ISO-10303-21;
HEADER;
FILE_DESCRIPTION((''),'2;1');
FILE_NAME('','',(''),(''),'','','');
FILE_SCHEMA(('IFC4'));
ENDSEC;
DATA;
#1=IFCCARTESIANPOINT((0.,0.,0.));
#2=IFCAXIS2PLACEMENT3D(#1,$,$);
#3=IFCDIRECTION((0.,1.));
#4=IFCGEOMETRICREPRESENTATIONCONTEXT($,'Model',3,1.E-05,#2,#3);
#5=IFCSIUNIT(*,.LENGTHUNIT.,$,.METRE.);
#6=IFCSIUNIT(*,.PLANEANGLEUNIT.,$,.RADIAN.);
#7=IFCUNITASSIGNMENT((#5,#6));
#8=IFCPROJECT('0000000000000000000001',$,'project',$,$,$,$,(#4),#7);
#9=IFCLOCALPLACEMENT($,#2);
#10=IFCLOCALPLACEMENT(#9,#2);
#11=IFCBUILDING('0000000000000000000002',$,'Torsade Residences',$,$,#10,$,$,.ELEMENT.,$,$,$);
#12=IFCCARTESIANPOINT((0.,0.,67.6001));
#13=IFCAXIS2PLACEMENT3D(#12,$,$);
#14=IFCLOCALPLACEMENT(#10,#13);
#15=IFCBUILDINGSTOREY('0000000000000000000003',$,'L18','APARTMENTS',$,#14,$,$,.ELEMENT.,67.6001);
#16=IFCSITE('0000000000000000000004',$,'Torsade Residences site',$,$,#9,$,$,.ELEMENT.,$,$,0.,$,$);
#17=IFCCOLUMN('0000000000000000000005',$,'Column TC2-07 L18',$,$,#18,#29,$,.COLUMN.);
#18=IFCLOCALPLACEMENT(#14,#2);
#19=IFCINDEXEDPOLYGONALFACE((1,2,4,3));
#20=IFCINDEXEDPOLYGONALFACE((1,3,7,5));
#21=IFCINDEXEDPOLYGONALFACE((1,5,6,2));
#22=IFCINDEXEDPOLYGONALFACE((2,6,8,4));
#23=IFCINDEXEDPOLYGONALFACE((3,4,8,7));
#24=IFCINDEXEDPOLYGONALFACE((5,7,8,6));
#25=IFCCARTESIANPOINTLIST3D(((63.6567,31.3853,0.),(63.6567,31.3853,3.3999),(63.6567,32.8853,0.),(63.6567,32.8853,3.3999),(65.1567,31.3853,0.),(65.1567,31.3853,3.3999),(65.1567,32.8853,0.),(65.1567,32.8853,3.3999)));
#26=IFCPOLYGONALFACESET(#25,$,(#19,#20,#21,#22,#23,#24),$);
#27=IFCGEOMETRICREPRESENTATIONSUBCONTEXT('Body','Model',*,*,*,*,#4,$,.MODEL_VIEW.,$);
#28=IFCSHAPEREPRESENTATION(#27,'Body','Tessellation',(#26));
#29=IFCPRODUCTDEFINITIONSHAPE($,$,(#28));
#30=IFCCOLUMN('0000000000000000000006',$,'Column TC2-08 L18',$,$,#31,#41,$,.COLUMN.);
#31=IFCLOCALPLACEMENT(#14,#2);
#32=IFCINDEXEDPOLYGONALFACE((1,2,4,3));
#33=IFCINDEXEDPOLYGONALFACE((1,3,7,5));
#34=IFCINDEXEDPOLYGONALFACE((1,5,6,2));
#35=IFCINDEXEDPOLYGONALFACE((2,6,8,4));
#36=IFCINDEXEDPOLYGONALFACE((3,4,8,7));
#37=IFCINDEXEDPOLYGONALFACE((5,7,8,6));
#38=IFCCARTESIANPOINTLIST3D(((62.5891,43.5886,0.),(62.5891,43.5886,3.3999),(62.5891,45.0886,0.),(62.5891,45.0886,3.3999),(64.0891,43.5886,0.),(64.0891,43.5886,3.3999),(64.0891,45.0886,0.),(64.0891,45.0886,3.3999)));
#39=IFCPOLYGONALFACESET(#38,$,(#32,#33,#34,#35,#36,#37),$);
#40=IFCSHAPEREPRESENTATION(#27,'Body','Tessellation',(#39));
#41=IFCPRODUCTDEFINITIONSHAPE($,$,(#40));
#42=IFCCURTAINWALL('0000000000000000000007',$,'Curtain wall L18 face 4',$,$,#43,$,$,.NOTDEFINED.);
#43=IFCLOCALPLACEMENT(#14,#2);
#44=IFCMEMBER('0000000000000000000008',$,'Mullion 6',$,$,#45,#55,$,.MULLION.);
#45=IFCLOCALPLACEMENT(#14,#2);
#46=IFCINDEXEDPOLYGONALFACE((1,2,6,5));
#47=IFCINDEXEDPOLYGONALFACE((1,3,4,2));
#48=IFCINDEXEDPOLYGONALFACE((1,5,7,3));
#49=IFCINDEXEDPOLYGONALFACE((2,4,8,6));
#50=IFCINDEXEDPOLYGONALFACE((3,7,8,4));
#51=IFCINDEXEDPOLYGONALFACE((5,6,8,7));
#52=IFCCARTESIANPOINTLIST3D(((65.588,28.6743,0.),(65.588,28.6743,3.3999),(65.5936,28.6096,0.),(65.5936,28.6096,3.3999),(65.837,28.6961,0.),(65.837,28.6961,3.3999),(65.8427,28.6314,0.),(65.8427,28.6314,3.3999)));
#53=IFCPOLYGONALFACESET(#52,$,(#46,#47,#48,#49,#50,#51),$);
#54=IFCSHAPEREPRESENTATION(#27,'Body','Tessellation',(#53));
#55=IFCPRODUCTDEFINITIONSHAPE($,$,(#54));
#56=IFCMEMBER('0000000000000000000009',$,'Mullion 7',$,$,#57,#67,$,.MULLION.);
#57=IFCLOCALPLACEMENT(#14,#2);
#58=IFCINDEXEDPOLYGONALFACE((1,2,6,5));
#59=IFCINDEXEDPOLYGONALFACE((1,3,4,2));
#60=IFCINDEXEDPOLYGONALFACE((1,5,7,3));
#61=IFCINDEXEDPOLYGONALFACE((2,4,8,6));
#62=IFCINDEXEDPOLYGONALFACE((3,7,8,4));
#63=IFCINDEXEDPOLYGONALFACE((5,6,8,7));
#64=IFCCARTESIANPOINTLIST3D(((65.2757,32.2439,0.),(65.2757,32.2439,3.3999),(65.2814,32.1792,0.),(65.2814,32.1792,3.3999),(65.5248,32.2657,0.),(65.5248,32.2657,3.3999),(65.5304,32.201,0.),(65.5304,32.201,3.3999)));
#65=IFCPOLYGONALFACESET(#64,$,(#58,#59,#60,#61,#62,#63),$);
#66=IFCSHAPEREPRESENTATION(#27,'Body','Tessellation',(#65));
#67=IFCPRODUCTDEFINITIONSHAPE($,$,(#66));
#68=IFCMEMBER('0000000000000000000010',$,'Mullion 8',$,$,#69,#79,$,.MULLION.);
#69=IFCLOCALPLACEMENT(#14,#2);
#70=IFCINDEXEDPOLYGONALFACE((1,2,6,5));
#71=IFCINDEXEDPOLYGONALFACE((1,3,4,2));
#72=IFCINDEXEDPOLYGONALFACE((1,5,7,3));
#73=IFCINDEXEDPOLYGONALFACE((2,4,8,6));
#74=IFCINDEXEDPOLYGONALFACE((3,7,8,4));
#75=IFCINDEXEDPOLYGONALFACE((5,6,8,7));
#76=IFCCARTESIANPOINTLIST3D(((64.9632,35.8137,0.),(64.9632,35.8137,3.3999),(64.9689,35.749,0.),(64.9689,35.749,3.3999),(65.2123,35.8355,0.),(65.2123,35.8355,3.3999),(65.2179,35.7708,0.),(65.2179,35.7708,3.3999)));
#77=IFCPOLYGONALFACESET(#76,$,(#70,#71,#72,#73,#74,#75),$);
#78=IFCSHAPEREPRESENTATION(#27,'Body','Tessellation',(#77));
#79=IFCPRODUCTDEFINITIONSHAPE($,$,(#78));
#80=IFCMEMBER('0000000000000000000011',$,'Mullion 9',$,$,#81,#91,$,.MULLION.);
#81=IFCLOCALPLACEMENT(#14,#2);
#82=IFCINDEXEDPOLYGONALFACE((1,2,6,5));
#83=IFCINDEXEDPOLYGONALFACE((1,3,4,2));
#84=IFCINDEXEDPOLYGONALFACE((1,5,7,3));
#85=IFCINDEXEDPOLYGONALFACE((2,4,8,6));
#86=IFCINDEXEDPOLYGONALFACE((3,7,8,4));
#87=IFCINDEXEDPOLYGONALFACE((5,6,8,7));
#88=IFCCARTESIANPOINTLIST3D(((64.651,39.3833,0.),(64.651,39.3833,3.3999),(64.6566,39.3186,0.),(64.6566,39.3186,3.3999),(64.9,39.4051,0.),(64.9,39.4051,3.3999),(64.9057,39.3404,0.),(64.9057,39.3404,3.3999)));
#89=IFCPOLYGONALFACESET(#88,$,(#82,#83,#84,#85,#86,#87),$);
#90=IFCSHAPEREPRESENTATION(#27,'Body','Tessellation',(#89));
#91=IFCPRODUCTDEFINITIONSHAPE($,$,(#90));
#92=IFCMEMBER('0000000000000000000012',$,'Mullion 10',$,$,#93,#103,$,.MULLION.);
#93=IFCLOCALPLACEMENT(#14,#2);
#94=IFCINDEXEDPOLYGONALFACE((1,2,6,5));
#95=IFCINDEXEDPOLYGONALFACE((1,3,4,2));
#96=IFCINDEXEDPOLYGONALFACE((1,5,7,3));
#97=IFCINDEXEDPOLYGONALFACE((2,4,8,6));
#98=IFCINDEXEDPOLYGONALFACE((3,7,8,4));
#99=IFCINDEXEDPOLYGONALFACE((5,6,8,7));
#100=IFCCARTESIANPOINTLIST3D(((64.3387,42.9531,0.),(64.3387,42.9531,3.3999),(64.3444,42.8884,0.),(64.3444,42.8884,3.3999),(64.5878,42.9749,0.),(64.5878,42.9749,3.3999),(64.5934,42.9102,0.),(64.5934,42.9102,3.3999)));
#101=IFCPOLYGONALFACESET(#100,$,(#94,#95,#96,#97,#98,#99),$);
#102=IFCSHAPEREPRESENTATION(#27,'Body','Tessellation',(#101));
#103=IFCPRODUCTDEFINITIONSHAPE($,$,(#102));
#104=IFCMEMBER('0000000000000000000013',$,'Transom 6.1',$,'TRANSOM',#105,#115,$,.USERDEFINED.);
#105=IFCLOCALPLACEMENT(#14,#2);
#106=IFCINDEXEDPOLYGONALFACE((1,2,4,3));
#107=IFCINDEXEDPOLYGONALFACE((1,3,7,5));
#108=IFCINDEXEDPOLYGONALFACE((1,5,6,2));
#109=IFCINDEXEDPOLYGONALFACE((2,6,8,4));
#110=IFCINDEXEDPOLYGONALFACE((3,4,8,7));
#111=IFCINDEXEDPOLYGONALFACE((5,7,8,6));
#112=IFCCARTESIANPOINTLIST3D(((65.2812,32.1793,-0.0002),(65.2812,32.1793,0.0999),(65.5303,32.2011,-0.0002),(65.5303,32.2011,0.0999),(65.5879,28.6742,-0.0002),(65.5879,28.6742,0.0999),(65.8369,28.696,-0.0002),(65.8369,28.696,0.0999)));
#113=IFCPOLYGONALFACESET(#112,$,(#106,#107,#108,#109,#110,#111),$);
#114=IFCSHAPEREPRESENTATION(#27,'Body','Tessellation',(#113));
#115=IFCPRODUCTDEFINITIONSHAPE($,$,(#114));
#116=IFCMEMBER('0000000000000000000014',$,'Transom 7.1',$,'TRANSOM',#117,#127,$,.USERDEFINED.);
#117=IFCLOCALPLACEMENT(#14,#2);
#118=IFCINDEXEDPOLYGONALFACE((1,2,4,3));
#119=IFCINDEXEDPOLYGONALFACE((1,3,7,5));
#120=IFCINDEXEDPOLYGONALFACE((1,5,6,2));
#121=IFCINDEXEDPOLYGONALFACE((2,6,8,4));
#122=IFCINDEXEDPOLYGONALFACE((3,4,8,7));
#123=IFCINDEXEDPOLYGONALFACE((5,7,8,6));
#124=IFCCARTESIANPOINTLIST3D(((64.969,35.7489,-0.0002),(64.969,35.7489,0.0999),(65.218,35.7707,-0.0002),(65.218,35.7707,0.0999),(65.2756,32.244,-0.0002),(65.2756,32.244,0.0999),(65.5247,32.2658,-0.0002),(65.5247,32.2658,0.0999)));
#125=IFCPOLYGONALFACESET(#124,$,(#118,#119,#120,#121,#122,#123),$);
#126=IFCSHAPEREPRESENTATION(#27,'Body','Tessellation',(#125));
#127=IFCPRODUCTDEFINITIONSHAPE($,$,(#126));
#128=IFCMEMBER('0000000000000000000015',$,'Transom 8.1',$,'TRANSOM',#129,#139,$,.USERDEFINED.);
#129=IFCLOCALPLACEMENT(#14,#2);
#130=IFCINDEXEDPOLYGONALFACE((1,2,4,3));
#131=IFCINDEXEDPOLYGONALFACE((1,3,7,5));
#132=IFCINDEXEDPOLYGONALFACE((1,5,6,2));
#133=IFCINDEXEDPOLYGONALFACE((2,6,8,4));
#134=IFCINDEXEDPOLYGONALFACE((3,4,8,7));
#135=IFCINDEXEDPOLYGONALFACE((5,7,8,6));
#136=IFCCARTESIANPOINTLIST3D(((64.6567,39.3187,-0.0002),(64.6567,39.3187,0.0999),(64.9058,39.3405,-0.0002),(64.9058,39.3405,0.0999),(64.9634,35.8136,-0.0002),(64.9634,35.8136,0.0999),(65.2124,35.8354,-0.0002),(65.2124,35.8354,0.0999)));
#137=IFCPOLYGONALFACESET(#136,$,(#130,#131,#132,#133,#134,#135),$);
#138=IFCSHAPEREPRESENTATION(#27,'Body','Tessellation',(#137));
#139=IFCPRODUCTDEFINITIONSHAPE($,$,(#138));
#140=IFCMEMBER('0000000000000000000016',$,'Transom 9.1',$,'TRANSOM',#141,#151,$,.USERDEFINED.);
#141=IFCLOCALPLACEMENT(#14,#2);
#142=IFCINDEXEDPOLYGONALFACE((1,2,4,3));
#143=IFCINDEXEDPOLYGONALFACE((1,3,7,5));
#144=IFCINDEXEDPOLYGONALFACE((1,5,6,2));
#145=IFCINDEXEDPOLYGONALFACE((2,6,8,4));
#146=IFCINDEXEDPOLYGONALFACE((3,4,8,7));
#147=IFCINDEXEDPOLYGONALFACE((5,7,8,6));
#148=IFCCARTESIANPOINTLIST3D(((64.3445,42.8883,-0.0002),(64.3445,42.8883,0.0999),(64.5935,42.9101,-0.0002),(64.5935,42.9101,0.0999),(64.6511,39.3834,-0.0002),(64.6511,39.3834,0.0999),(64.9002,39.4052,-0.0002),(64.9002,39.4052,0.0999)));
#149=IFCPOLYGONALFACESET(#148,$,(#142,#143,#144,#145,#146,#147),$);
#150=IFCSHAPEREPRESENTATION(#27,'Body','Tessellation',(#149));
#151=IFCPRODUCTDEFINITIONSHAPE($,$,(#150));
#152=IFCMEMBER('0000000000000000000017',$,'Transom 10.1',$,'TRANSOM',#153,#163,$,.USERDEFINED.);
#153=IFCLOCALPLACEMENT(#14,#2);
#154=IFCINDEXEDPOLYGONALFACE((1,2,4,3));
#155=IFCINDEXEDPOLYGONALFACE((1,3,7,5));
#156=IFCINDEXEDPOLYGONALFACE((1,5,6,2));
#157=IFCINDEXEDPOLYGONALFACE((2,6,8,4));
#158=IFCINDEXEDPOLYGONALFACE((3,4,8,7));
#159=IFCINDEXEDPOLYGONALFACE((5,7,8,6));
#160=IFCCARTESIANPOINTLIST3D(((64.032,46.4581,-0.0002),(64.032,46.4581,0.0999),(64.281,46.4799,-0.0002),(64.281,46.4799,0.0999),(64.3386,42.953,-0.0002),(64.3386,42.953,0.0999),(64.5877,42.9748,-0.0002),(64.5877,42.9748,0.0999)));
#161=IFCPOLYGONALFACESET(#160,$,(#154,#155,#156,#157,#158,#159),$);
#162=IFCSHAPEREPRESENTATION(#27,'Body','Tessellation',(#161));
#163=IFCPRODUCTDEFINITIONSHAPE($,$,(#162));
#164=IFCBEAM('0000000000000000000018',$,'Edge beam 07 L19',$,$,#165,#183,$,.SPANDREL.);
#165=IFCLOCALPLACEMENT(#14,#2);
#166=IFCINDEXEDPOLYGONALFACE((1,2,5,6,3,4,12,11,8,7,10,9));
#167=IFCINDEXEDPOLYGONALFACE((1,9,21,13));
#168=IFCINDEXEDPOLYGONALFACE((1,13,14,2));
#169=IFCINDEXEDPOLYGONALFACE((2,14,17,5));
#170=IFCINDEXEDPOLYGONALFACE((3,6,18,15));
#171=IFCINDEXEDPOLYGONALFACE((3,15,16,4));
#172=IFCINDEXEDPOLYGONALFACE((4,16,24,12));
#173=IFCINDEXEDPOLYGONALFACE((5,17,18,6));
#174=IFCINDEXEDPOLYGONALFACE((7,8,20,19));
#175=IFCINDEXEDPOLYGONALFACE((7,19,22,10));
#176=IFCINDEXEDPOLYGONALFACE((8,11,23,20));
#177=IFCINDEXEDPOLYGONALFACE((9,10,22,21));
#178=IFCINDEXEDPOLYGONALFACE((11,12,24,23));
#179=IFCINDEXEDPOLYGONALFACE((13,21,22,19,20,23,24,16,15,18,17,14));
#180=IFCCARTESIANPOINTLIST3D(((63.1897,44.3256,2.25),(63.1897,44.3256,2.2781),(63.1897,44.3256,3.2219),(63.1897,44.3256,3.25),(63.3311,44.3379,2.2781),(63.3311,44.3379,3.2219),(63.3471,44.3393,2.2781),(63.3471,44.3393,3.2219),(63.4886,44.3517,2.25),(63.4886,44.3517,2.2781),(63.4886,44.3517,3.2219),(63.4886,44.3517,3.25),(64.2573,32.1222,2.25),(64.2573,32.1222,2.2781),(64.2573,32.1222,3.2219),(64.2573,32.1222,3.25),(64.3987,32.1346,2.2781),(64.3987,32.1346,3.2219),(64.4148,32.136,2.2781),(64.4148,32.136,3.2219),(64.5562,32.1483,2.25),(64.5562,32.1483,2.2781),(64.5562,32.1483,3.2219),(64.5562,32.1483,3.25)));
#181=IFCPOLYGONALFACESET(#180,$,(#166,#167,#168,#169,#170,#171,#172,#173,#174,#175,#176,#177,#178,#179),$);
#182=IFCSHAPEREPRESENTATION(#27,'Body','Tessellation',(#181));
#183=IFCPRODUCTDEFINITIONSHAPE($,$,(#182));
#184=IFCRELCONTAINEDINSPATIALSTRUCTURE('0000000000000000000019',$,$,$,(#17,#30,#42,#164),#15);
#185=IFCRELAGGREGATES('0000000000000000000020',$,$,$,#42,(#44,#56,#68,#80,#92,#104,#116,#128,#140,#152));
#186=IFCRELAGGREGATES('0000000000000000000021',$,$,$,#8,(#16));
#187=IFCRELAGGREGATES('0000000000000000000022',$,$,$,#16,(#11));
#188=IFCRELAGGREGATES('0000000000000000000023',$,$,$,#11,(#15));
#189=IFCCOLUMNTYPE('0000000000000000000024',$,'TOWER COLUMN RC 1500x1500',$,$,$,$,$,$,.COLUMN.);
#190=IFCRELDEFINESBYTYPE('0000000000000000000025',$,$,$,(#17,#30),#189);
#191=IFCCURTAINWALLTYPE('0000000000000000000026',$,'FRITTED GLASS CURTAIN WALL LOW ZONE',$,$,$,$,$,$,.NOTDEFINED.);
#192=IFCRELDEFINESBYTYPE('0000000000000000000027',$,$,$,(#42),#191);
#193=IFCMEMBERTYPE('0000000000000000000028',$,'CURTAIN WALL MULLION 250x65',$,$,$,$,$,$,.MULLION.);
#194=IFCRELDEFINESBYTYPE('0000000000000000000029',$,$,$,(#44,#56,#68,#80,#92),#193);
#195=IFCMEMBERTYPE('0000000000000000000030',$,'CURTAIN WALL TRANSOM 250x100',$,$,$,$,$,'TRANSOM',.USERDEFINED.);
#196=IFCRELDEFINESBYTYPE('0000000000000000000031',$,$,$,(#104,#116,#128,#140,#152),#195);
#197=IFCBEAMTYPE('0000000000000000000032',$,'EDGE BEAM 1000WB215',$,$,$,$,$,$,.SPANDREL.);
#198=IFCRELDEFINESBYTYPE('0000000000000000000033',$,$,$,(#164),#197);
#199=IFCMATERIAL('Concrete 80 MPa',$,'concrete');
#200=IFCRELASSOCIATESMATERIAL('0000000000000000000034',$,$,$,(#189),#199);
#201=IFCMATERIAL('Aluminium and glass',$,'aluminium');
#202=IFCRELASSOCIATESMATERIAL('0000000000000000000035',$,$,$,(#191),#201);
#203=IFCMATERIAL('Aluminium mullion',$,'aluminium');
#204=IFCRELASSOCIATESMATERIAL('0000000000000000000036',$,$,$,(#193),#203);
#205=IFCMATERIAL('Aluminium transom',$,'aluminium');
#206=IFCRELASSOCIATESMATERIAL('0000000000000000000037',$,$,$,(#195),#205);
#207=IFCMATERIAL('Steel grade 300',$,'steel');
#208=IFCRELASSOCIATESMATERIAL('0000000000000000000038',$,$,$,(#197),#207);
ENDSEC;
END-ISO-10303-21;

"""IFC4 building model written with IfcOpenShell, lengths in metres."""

from ifc_helpers import new_model, si_unit, direction, frame, origin, origin_2d, place, context, subcontext, project, spatial, rectangle, i_section, extrude, material, material_profile, profile_set, type_object, element, aggregate, save


model = new_model("IFC4")

# Units and contexts
model_context = context("Model", 3, precision=1e-05, world=origin(), true_north=direction((0.0, 1.0)))
body_context = subcontext(model_context, "Body", "Model", "MODEL_VIEW")
ifc_project = project(units=[si_unit("LENGTHUNIT", "METRE"), si_unit("PLANEANGLEUNIT", "RADIAN")], contexts=[model_context])

# Site, building, storey
site_placement = place(None, origin())
site = spatial("IfcSite", under=ifc_project, at=site_placement, Name="Torsade Residences site", CompositionType="ELEMENT", RefElevation=0.0)
building_placement = place(site_placement, origin())
building = spatial("IfcBuilding", under=site, at=building_placement, Name="Torsade Residences", CompositionType="ELEMENT")
storey_placement = place(building_placement, frame((0.0, 0.0, 67.6001)))
storey = spatial("IfcBuildingStorey", under=building, at=storey_placement, Name="L18", Description="APARTMENTS", CompositionType="ELEMENT", Elevation=67.6001)

# Columns
ifc_material_1 = material(Name="Concrete 80 MPa", Category="concrete")
ifc_material_profile_1 = material_profile(ifc_material_1, rectangle(XDim=1.5, YDim=1.5, at=origin_2d()), Name="RC 1500x1500")
ifc_profile_set_1 = profile_set([ifc_material_profile_1], Name="Concrete 80 MPa")
column_type = type_object("IfcColumnType", Name="TOWER COLUMN RC 1500x1500", PredefinedType="COLUMN", material=ifc_profile_set_1)
for number, where, z_axis, x_axis, name in (
    (1, (64.4067, 32.1353, 0.0), (0.0, 0.0, 1.0), (1.0, 0.0, 0.0), "Column TC2-07 L18"),
    (2, (63.3391, 44.3386, 0.0), (0.0, 0.0, 1.0), (1.0, 0.0, 0.0), "Column TC2-08 L18"),
):
    element("IfcColumn", number, at=place(storey_placement, frame(where, z_axis=z_axis, x_axis=x_axis)), inside=storey, type_object=column_type, Name=name, PredefinedType="COLUMN", context=body_context, shape_type="SweptSolid", body=[
        extrude(rectangle(XDim=1.5, YDim=1.5, at=origin_2d()), origin(), (0.0, 0.0, 1.0), 3.3999),
    ])

# Curtain wall, members
ifc_material_2 = material(Name="Aluminium and glass", Category="aluminium")
curtain_wall_type = type_object("IfcCurtainWallType", Name="FRITTED GLASS CURTAIN WALL LOW ZONE", PredefinedType="NOTDEFINED", material=ifc_material_2)
curtain_wall_placement = place(storey_placement, origin())
curtain_wall = element("IfcCurtainWall", 3, at=curtain_wall_placement, inside=storey, type_object=curtain_wall_type, Name="Curtain wall L18 face 4", PredefinedType="NOTDEFINED")
ifc_material_3 = material(Name="Aluminium mullion", Category="aluminium")
ifc_material_profile_2 = material_profile(ifc_material_3, rectangle(XDim=0.25, YDim=0.0649, at=origin_2d()), Name="CURTAIN WALL MULLION 250x65")
ifc_profile_set_2 = profile_set([ifc_material_profile_2], Name="Aluminium mullion")
member_type_1 = type_object("IfcMemberType", Name="CURTAIN WALL MULLION 250x65", PredefinedType="MULLION", material=ifc_profile_set_2)
member_1_placement = place(storey_placement, frame((65.7153, 28.6528, 0.0), z_axis=(0.0, 0.0, 1.0), x_axis=(-0.996195, -0.087156, 0.0)))
member_1 = element("IfcMember", 4, at=member_1_placement, type_object=member_type_1, Name="Mullion 6", PredefinedType="MULLION", context=body_context, shape_type="SweptSolid", body=[
    extrude(rectangle(XDim=0.25, YDim=0.0649, at=origin_2d()), origin(), (0.0, 0.0, 1.0), 3.3999),
])
member_2_placement = place(storey_placement, frame((65.4031, 32.2224, 0.0), z_axis=(0.0, 0.0, 1.0), x_axis=(-0.996195, -0.087156, 0.0)))
member_2 = element("IfcMember", 5, at=member_2_placement, type_object=member_type_1, Name="Mullion 7", PredefinedType="MULLION", context=body_context, shape_type="SweptSolid", body=[
    extrude(rectangle(XDim=0.25, YDim=0.0649, at=origin_2d()), origin(), (0.0, 0.0, 1.0), 3.3999),
])
member_3_placement = place(storey_placement, frame((65.0906, 35.7922, 0.0), z_axis=(0.0, 0.0, 1.0), x_axis=(-0.996195, -0.087156, 0.0)))
member_3 = element("IfcMember", 6, at=member_3_placement, type_object=member_type_1, Name="Mullion 8", PredefinedType="MULLION", context=body_context, shape_type="SweptSolid", body=[
    extrude(rectangle(XDim=0.25, YDim=0.0649, at=origin_2d()), origin(), (0.0, 0.0, 1.0), 3.3999),
])
member_4_placement = place(storey_placement, frame((64.7783, 39.3618, 0.0), z_axis=(0.0, 0.0, 1.0), x_axis=(-0.996195, -0.087156, 0.0)))
member_4 = element("IfcMember", 7, at=member_4_placement, type_object=member_type_1, Name="Mullion 9", PredefinedType="MULLION", context=body_context, shape_type="SweptSolid", body=[
    extrude(rectangle(XDim=0.25, YDim=0.0649, at=origin_2d()), origin(), (0.0, 0.0, 1.0), 3.3999),
])
member_5_placement = place(storey_placement, frame((64.4661, 42.9316, 0.0), z_axis=(0.0, 0.0, 1.0), x_axis=(-0.996195, -0.087156, 0.0)))
member_5 = element("IfcMember", 8, at=member_5_placement, type_object=member_type_1, Name="Mullion 10", PredefinedType="MULLION", context=body_context, shape_type="SweptSolid", body=[
    extrude(rectangle(XDim=0.25, YDim=0.0649, at=origin_2d()), origin(), (0.0, 0.0, 1.0), 3.3999),
])
ifc_material_4 = material(Name="Aluminium transom", Category="aluminium")
ifc_material_profile_3 = material_profile(ifc_material_4, rectangle(XDim=0.25, YDim=0.1001, at=origin_2d()), Name="CURTAIN WALL TRANSOM 250x100")
ifc_profile_set_3 = profile_set([ifc_material_profile_3], Name="Aluminium transom")
member_type_2 = type_object("IfcMemberType", Name="CURTAIN WALL TRANSOM 250x100", ElementType="TRANSOM", PredefinedType="USERDEFINED", material=ifc_profile_set_3)
member_6_placement = place(storey_placement, frame((65.7124, 28.6851, 0.0498), z_axis=(-0.087151, 0.996195, 0.0), x_axis=(-0.996195, -0.087151, 0.0)))
member_6 = element("IfcMember", 9, at=member_6_placement, type_object=member_type_2, Name="Transom 6.1", ObjectType="TRANSOM", PredefinedType="USERDEFINED", context=body_context, shape_type="SweptSolid", body=[
    extrude(rectangle(XDim=0.25, YDim=0.1001, at=origin_2d()), origin(), (0.0, 0.0, 1.0), 3.5186),
])
member_7_placement = place(storey_placement, frame((65.4001, 32.2549, 0.0498), z_axis=(-0.087157, 0.996195, 0.0), x_axis=(-0.996195, -0.087157, 0.0)))
member_7 = element("IfcMember", 10, at=member_7_placement, type_object=member_type_2, Name="Transom 7.1", ObjectType="TRANSOM", PredefinedType="USERDEFINED", context=body_context, shape_type="SweptSolid", body=[
    extrude(rectangle(XDim=0.25, YDim=0.1001, at=origin_2d()), origin(), (0.0, 0.0, 1.0), 3.5183),
])
member_8_placement = place(storey_placement, frame((65.0879, 35.8245, 0.0498), z_axis=(-0.087151, 0.996195, 0.0), x_axis=(-0.996195, -0.087151, 0.0)))
member_8 = element("IfcMember", 11, at=member_8_placement, type_object=member_type_2, Name="Transom 8.1", ObjectType="TRANSOM", PredefinedType="USERDEFINED", context=body_context, shape_type="SweptSolid", body=[
    extrude(rectangle(XDim=0.25, YDim=0.1001, at=origin_2d()), origin(), (0.0, 0.0, 1.0), 3.5186),
])
member_9_placement = place(storey_placement, frame((64.7756, 39.3943, 0.0498), z_axis=(-0.087157, 0.996195, 0.0), x_axis=(-0.996195, -0.087157, 0.0)))
member_9 = element("IfcMember", 12, at=member_9_placement, type_object=member_type_2, Name="Transom 9.1", ObjectType="TRANSOM", PredefinedType="USERDEFINED", context=body_context, shape_type="SweptSolid", body=[
    extrude(rectangle(XDim=0.25, YDim=0.1001, at=origin_2d()), origin(), (0.0, 0.0, 1.0), 3.5183),
])
member_10_placement = place(storey_placement, frame((64.4631, 42.9639, 0.0498), z_axis=(-0.087151, 0.996195, 0.0), x_axis=(-0.996195, -0.087151, 0.0)))
member_10 = element("IfcMember", 13, at=member_10_placement, type_object=member_type_2, Name="Transom 10.1", ObjectType="TRANSOM", PredefinedType="USERDEFINED", context=body_context, shape_type="SweptSolid", body=[
    extrude(rectangle(XDim=0.25, YDim=0.1001, at=origin_2d()), origin(), (0.0, 0.0, 1.0), 3.5186),
])

# Beam
ifc_material_5 = material(Name="Steel grade 300", Category="steel")
ifc_material_profile_4 = material_profile(ifc_material_5, i_section(OverallWidth=0.3, OverallDepth=1.0, WebThickness=0.0161, FlangeThickness=0.0281, at=origin_2d()), Name="1000WB215")
ifc_profile_set_4 = profile_set([ifc_material_profile_4], Name="Steel grade 300")
beam_type_1 = type_object("IfcBeamType", Name="EDGE BEAM 1000WB215", PredefinedType="SPANDREL", material=ifc_profile_set_4)
for number, where, z_axis, x_axis, name in (
    (14, (64.4067, 32.1353, 2.75), (-0.087153, 0.996195, 0.0), (-0.996195, -0.087153, 0.0), "Edge beam 07 L19"),
):
    element("IfcBeam", number, at=place(storey_placement, frame(where, z_axis=z_axis, x_axis=x_axis)), inside=storey, type_object=beam_type_1, Name=name, PredefinedType="SPANDREL", context=body_context, shape_type="SweptSolid", body=[
        extrude(i_section(OverallWidth=0.3, OverallDepth=1.0, WebThickness=0.0161, FlangeThickness=0.0281, at=origin_2d()), origin(), (0.0, 0.0, 1.0), 12.25),
    ])

aggregate(curtain_wall, [member_1, member_2, member_3, member_4, member_5, member_6, member_7, member_8, member_9, member_10])

save(model, "model.ifc")
